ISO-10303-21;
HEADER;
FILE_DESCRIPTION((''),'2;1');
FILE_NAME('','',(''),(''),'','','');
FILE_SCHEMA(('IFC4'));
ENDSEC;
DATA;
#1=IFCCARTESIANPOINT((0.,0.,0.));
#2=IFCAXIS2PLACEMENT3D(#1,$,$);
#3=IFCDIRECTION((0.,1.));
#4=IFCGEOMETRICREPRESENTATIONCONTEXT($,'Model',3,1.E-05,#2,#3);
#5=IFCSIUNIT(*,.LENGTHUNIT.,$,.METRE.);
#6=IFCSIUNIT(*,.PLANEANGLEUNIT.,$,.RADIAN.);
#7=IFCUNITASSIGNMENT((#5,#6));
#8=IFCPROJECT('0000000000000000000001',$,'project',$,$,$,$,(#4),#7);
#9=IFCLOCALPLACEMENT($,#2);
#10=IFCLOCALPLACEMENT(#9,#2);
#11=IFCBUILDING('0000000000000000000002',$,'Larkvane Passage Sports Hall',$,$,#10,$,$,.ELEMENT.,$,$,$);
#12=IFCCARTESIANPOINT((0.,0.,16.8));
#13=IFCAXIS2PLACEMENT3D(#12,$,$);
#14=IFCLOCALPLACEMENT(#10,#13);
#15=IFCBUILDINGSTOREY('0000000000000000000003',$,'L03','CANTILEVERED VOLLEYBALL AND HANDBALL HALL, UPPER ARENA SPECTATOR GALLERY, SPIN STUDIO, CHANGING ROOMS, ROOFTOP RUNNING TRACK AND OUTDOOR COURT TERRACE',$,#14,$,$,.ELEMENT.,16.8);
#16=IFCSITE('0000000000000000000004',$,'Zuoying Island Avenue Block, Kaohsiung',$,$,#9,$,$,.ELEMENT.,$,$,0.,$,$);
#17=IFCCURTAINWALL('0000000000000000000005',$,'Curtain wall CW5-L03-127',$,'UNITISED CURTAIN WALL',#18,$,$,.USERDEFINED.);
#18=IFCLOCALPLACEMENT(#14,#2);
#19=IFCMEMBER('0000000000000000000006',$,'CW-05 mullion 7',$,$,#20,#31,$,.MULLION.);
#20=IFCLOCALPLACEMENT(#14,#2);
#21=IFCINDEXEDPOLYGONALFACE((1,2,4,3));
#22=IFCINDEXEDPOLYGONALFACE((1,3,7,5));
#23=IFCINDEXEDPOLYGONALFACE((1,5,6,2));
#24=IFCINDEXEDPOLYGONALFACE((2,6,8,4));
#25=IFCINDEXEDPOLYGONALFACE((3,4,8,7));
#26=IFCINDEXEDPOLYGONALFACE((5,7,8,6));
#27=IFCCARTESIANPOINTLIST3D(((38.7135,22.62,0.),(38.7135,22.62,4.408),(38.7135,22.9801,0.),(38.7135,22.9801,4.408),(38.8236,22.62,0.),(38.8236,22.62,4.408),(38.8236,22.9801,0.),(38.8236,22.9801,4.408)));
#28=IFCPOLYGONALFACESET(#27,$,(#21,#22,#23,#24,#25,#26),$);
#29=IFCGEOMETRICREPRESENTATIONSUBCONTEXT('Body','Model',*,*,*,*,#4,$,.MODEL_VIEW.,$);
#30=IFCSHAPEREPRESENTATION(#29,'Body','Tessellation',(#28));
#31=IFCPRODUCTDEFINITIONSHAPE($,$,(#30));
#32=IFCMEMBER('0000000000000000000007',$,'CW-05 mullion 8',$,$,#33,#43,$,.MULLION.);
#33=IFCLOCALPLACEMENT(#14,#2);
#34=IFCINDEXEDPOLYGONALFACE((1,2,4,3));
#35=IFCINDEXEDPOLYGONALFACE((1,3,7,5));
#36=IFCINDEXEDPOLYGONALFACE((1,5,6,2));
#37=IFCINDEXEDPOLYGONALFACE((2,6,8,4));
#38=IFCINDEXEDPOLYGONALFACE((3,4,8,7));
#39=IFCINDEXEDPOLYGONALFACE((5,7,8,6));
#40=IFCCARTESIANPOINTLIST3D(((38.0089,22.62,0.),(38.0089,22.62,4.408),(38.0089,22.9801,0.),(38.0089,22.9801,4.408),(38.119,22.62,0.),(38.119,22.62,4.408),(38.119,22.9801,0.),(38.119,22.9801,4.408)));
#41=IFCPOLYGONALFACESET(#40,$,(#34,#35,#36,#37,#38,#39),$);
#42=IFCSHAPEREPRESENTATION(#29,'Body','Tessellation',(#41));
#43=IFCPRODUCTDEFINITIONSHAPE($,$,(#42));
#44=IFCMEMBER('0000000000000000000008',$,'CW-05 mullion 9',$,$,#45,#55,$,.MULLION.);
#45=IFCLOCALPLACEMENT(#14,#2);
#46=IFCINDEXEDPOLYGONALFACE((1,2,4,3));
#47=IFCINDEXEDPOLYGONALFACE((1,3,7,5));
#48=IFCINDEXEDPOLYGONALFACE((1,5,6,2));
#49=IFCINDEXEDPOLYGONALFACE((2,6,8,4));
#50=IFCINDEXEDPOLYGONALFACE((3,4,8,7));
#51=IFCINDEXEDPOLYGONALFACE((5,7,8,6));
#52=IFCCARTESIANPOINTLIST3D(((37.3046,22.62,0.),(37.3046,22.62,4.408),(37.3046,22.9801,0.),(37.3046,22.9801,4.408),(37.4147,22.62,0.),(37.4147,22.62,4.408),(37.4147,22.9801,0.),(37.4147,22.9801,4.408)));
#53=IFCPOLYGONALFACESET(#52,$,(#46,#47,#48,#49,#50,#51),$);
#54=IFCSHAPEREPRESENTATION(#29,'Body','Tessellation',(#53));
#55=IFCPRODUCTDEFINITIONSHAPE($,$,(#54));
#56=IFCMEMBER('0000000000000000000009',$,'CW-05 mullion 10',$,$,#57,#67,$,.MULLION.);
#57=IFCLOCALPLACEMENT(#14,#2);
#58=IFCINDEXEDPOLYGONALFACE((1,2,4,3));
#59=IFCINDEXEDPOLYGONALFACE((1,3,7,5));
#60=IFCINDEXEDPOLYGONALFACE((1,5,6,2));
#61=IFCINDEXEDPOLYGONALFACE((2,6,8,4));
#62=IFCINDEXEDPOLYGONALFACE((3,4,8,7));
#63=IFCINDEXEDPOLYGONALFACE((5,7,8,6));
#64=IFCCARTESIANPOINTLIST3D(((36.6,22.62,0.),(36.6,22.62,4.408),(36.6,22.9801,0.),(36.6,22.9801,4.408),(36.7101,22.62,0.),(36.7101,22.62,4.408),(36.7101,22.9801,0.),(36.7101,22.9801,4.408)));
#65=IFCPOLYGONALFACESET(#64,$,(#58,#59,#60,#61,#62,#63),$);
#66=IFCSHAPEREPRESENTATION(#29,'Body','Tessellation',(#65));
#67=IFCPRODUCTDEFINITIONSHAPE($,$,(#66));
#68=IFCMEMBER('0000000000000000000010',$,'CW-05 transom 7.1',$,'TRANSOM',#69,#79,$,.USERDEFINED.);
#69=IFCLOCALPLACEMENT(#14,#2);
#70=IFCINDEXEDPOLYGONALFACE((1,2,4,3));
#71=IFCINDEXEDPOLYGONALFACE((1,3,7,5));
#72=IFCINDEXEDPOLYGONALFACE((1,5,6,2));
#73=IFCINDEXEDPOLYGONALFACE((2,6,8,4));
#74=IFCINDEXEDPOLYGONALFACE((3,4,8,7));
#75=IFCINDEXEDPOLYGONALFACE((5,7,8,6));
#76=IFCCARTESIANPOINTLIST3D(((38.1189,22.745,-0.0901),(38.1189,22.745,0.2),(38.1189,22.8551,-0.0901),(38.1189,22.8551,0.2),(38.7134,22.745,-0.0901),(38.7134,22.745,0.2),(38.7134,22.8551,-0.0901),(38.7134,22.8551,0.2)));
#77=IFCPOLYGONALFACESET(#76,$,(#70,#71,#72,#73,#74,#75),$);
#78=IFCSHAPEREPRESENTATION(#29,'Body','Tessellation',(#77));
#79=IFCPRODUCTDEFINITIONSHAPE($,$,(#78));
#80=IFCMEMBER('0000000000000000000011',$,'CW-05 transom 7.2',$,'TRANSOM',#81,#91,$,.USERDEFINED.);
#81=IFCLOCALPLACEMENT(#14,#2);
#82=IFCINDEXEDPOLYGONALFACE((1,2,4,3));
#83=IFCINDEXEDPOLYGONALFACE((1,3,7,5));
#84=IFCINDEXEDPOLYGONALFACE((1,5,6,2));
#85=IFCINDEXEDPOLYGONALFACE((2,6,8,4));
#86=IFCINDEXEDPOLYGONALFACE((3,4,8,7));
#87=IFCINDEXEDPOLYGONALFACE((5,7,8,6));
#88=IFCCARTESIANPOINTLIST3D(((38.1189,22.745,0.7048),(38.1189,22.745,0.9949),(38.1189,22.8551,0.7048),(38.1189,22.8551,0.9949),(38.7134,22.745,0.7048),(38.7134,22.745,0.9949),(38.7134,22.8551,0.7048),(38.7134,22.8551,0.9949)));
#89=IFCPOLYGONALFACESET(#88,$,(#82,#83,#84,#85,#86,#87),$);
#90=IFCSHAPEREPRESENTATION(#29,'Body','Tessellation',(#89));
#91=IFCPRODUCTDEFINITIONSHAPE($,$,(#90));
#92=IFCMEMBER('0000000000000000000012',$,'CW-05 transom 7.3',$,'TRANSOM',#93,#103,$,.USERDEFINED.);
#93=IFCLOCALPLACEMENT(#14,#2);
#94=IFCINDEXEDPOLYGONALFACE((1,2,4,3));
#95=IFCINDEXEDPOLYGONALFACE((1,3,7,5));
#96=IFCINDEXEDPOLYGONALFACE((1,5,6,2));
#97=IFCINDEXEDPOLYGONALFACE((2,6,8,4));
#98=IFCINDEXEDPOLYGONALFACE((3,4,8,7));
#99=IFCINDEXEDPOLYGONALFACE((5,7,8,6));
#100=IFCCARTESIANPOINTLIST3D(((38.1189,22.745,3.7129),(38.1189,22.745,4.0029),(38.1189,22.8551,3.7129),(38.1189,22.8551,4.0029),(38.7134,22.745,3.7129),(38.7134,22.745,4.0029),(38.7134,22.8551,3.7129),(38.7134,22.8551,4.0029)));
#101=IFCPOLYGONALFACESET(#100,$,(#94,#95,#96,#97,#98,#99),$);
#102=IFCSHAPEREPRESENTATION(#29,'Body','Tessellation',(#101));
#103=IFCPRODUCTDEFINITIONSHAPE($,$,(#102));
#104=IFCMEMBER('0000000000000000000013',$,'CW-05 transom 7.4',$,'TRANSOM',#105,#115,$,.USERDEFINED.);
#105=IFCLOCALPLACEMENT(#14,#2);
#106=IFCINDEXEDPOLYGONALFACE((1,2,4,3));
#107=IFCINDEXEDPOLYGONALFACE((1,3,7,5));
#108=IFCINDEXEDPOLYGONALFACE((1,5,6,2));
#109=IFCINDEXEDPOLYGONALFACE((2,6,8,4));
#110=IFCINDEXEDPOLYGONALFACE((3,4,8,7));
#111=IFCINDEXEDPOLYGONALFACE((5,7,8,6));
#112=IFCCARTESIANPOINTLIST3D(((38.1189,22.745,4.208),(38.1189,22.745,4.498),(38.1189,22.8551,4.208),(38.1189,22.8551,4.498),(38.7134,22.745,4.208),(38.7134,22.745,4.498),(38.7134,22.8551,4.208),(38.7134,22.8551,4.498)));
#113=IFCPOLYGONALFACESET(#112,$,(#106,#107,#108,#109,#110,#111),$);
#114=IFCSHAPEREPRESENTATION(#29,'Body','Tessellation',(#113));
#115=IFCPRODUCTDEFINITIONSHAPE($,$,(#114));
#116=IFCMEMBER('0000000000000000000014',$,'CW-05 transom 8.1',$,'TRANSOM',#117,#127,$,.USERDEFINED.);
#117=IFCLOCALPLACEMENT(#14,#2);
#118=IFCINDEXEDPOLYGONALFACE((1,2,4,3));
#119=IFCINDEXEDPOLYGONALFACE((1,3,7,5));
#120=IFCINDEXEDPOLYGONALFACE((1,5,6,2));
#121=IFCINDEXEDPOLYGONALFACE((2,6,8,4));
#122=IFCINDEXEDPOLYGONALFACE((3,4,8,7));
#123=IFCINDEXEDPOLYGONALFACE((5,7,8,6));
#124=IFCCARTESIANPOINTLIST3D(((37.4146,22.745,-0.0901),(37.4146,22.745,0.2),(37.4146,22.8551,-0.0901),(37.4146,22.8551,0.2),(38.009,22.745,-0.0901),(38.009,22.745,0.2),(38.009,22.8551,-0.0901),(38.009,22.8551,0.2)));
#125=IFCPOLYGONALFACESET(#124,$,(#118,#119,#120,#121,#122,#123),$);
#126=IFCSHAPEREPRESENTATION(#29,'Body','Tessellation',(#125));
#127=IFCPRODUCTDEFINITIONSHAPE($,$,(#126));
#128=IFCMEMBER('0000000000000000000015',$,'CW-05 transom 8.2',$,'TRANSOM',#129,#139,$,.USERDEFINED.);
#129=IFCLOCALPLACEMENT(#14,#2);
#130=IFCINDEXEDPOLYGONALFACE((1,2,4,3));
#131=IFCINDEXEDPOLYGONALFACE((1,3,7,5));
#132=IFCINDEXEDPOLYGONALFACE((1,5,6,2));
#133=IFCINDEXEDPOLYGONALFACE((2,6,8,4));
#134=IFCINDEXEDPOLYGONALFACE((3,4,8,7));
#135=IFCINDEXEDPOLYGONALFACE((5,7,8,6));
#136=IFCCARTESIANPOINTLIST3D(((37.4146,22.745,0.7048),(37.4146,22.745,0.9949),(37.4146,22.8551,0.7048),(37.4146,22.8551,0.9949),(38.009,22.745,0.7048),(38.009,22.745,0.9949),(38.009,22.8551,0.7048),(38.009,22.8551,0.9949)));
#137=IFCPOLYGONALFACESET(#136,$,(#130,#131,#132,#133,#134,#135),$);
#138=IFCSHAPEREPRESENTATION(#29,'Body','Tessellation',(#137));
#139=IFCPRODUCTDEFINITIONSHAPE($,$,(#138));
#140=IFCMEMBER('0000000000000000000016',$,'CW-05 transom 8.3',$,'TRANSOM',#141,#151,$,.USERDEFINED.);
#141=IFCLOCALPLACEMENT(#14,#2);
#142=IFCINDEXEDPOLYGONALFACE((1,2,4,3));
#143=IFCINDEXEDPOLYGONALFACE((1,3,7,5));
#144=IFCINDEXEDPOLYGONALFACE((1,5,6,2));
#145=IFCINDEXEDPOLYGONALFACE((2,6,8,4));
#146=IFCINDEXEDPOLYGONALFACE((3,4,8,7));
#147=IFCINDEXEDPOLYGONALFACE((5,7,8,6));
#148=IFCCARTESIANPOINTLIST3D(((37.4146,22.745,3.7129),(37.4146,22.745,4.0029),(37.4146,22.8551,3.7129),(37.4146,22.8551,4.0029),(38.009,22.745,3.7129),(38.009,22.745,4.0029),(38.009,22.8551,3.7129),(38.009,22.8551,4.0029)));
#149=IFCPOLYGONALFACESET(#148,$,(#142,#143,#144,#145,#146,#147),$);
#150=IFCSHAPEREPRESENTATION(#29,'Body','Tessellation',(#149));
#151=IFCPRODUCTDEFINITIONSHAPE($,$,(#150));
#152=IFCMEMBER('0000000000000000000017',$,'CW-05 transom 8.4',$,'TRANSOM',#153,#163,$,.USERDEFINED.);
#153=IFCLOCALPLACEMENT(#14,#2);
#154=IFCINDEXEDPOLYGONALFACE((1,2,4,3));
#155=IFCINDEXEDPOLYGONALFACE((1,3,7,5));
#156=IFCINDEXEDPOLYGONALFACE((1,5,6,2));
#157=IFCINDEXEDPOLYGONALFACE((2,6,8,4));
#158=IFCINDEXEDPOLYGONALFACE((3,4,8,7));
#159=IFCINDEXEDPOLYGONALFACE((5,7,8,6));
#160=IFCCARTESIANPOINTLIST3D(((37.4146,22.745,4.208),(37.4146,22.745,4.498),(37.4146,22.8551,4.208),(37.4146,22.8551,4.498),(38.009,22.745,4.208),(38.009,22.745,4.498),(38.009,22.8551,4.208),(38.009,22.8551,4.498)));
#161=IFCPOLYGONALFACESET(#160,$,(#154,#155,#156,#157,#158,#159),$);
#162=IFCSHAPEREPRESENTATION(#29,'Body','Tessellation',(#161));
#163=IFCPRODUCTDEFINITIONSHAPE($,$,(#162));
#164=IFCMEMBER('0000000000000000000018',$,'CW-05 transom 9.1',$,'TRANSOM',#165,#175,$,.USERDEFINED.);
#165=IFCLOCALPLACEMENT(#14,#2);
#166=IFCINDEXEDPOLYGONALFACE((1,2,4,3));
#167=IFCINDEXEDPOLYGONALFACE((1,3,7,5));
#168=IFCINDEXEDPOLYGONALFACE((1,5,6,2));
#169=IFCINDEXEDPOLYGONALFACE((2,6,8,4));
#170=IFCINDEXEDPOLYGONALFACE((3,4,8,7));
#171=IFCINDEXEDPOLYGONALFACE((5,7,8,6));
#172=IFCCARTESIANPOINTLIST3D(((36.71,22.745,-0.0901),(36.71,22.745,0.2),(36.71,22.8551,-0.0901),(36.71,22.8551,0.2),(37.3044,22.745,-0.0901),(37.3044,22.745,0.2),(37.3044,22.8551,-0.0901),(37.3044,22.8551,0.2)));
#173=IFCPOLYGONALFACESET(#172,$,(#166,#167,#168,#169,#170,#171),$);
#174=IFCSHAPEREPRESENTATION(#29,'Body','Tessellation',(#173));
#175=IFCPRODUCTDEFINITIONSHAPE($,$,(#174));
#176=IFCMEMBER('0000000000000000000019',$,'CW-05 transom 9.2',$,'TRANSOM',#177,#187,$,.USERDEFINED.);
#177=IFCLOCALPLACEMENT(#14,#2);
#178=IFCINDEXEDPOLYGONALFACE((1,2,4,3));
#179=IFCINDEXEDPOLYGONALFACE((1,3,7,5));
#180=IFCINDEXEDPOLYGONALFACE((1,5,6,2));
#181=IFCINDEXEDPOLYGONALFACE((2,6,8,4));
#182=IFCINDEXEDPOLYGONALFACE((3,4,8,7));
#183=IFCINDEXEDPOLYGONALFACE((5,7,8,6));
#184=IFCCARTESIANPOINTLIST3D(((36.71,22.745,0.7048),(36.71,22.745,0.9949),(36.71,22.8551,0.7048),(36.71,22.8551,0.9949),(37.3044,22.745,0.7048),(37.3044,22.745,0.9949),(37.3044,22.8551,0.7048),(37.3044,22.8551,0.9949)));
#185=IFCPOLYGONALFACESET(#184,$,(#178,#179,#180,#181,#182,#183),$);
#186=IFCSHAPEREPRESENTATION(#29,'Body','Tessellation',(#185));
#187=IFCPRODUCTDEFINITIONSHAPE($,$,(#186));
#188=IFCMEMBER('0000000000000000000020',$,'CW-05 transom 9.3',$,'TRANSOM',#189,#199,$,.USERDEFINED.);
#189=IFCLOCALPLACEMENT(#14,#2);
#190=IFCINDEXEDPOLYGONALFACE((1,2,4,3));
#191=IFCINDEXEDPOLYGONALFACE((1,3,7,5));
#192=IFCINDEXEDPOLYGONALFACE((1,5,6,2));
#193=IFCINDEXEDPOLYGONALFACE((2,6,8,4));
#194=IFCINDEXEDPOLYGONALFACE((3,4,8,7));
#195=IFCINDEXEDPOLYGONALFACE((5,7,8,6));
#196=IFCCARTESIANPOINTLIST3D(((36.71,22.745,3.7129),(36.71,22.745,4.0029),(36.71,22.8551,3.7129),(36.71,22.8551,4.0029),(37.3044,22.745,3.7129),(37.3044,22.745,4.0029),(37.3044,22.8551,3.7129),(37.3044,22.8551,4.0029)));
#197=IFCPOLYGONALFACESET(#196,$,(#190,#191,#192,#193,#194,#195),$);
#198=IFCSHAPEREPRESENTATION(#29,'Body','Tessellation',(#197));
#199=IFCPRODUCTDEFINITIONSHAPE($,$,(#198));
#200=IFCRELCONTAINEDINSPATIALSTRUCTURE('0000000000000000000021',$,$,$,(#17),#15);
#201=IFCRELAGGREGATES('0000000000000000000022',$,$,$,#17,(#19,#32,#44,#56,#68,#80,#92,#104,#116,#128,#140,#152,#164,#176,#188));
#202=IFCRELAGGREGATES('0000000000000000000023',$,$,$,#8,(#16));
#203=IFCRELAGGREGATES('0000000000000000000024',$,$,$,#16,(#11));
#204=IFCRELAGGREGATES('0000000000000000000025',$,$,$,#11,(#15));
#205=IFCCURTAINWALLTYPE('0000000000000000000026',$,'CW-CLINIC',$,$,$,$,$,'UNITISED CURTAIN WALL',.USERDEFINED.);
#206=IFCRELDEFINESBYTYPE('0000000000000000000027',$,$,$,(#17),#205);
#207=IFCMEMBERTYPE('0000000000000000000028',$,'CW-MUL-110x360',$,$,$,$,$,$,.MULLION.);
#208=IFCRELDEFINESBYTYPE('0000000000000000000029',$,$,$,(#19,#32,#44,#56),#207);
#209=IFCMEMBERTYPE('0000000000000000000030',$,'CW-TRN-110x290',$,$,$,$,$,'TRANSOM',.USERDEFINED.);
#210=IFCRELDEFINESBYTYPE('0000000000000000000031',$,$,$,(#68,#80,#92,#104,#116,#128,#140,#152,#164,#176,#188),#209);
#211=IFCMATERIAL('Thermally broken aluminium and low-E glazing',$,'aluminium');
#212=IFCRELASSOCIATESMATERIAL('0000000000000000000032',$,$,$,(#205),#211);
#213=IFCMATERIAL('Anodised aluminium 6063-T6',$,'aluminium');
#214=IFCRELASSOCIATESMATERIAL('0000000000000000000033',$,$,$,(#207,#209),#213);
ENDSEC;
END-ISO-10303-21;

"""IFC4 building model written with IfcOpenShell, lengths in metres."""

from ifc_helpers import new_model, si_unit, direction, frame, origin, origin_2d, place, context, subcontext, project, spatial, rectangle, extrude, material, material_profile, profile_set, type_object, element, aggregate, save


model = new_model("IFC4")

# Units and contexts
model_context = context("Model", 3, precision=1e-05, world=origin(), true_north=direction((0.0, 1.0)))
body_context = subcontext(model_context, "Body", "Model", "MODEL_VIEW")
ifc_project = project(units=[si_unit("LENGTHUNIT", "METRE"), si_unit("PLANEANGLEUNIT", "RADIAN")], contexts=[model_context])

# Site, building, storey
site_placement = place(None, origin())
site = spatial("IfcSite", under=ifc_project, at=site_placement, Name="Zuoying Island Avenue Block, Kaohsiung", CompositionType="ELEMENT", RefElevation=0.0)
building_placement = place(site_placement, origin())
building = spatial("IfcBuilding", under=site, at=building_placement, Name="Larkvane Passage Sports Hall", CompositionType="ELEMENT")
storey_placement = place(building_placement, frame((0.0, 0.0, 16.8)))
storey = spatial("IfcBuildingStorey", under=building, at=storey_placement, Name="L03", Description="CANTILEVERED VOLLEYBALL AND HANDBALL HALL, UPPER ARENA SPECTATOR GALLERY, SPIN STUDIO, CHANGING ROOMS, ROOFTOP RUNNING TRACK AND OUTDOOR COURT TERRACE", CompositionType="ELEMENT", Elevation=16.8)

# Curtain wall, members
ifc_material_1 = material(Name="Thermally broken aluminium and low-E glazing", Category="aluminium")
curtain_wall_type = type_object("IfcCurtainWallType", Name="CW-CLINIC", ElementType="UNITISED CURTAIN WALL", PredefinedType="USERDEFINED", material=ifc_material_1)
curtain_wall_placement = place(storey_placement, origin())
curtain_wall = element("IfcCurtainWall", 1, at=curtain_wall_placement, inside=storey, type_object=curtain_wall_type, Name="Curtain wall CW5-L03-127", ObjectType="UNITISED CURTAIN WALL", PredefinedType="USERDEFINED")
ifc_material_2 = material(Name="Anodised aluminium 6063-T6", Category="aluminium")
ifc_material_profile_1 = material_profile(ifc_material_2, rectangle(XDim=0.1101, YDim=0.3601, at=origin_2d()), Name="ALU-MUL-110x360")
ifc_profile_set_1 = profile_set([ifc_material_profile_1], Name="Anodised aluminium 6063-T6")
member_type_1 = type_object("IfcMemberType", Name="CW-MUL-110x360", PredefinedType="MULLION", material=ifc_profile_set_1)
member_1_placement = place(storey_placement, frame((38.7686, 22.8, 0.0), z_axis=(0.0, 0.0, 1.0), x_axis=(-1.0, 0.0, 0.0)))
member_1 = element("IfcMember", 2, at=member_1_placement, type_object=member_type_1, Name="CW-05 mullion 7", PredefinedType="MULLION", context=body_context, shape_type="SweptSolid", body=[
    extrude(rectangle(XDim=0.1101, YDim=0.3601, at=origin_2d()), origin(), (0.0, 0.0, 1.0), 4.408),
])
member_2_placement = place(storey_placement, frame((38.064, 22.8, 0.0), z_axis=(0.0, 0.0, 1.0), x_axis=(-1.0, 0.0, 0.0)))
member_2 = element("IfcMember", 3, at=member_2_placement, type_object=member_type_1, Name="CW-05 mullion 8", PredefinedType="MULLION", context=body_context, shape_type="SweptSolid", body=[
    extrude(rectangle(XDim=0.1101, YDim=0.3601, at=origin_2d()), origin(), (0.0, 0.0, 1.0), 4.408),
])
member_3_placement = place(storey_placement, frame((37.3596, 22.8, 0.0), z_axis=(0.0, 0.0, 1.0), x_axis=(-1.0, 0.0, 0.0)))
member_3 = element("IfcMember", 4, at=member_3_placement, type_object=member_type_1, Name="CW-05 mullion 9", PredefinedType="MULLION", context=body_context, shape_type="SweptSolid", body=[
    extrude(rectangle(XDim=0.1101, YDim=0.3601, at=origin_2d()), origin(), (0.0, 0.0, 1.0), 4.408),
])
member_4_placement = place(storey_placement, frame((36.655, 22.8, 0.0), z_axis=(0.0, 0.0, 1.0), x_axis=(-1.0, 0.0, 0.0)))
member_4 = element("IfcMember", 5, at=member_4_placement, type_object=member_type_1, Name="CW-05 mullion 10", PredefinedType="MULLION", context=body_context, shape_type="SweptSolid", body=[
    extrude(rectangle(XDim=0.1101, YDim=0.3601, at=origin_2d()), origin(), (0.0, 0.0, 1.0), 4.408),
])
ifc_material_profile_2 = material_profile(ifc_material_2, rectangle(XDim=0.1101, YDim=0.29, at=origin_2d()), Name="ALU-TRN-110x290")
ifc_profile_set_2 = profile_set([ifc_material_profile_2], Name="Anodised aluminium 6063-T6")
member_type_2 = type_object("IfcMemberType", Name="CW-TRN-110x290", ElementType="TRANSOM", PredefinedType="USERDEFINED", material=ifc_profile_set_2)
member_5_placement = place(storey_placement, frame((38.7134, 22.8, 0.0549), z_axis=(-1.0, 0.0, 0.0), x_axis=(0.0, -1.0, 0.0)))
member_5 = element("IfcMember", 6, at=member_5_placement, type_object=member_type_2, Name="CW-05 transom 7.1", ObjectType="TRANSOM", PredefinedType="USERDEFINED", context=body_context, shape_type="SweptSolid", body=[
    extrude(rectangle(XDim=0.1101, YDim=0.29, at=origin_2d()), origin(), (0.0, 0.0, 1.0), 0.5945),
])
member_6_placement = place(storey_placement, frame((38.7134, 22.8, 0.8499), z_axis=(-1.0, 0.0, 0.0), x_axis=(0.0, -1.0, 0.0)))
member_6 = element("IfcMember", 7, at=member_6_placement, type_object=member_type_2, Name="CW-05 transom 7.2", ObjectType="TRANSOM", PredefinedType="USERDEFINED", context=body_context, shape_type="SweptSolid", body=[
    extrude(rectangle(XDim=0.1101, YDim=0.29, at=origin_2d()), origin(), (0.0, 0.0, 1.0), 0.5945),
])
member_7_placement = place(storey_placement, frame((38.7134, 22.8, 3.8579), z_axis=(-1.0, 0.0, 0.0), x_axis=(0.0, -1.0, 0.0)))
member_7 = element("IfcMember", 8, at=member_7_placement, type_object=member_type_2, Name="CW-05 transom 7.3", ObjectType="TRANSOM", PredefinedType="USERDEFINED", context=body_context, shape_type="SweptSolid", body=[
    extrude(rectangle(XDim=0.1101, YDim=0.29, at=origin_2d()), origin(), (0.0, 0.0, 1.0), 0.5945),
])
member_8_placement = place(storey_placement, frame((38.7134, 22.8, 4.353), z_axis=(-1.0, 0.0, 0.0), x_axis=(0.0, -1.0, 0.0)))
member_8 = element("IfcMember", 9, at=member_8_placement, type_object=member_type_2, Name="CW-05 transom 7.4", ObjectType="TRANSOM", PredefinedType="USERDEFINED", context=body_context, shape_type="SweptSolid", body=[
    extrude(rectangle(XDim=0.1101, YDim=0.29, at=origin_2d()), origin(), (0.0, 0.0, 1.0), 0.5945),
])
member_9_placement = place(storey_placement, frame((38.009, 22.8, 0.0549), z_axis=(-1.0, 0.0, 0.0), x_axis=(0.0, -1.0, 0.0)))
member_9 = element("IfcMember", 10, at=member_9_placement, type_object=member_type_2, Name="CW-05 transom 8.1", ObjectType="TRANSOM", PredefinedType="USERDEFINED", context=body_context, shape_type="SweptSolid", body=[
    extrude(rectangle(XDim=0.1101, YDim=0.29, at=origin_2d()), origin(), (0.0, 0.0, 1.0), 0.5945),
])
member_10_placement = place(storey_placement, frame((38.009, 22.8, 0.8499), z_axis=(-1.0, 0.0, 0.0), x_axis=(0.0, -1.0, 0.0)))
member_10 = element("IfcMember", 11, at=member_10_placement, type_object=member_type_2, Name="CW-05 transom 8.2", ObjectType="TRANSOM", PredefinedType="USERDEFINED", context=body_context, shape_type="SweptSolid", body=[
    extrude(rectangle(XDim=0.1101, YDim=0.29, at=origin_2d()), origin(), (0.0, 0.0, 1.0), 0.5945),
])
member_11_placement = place(storey_placement, frame((38.009, 22.8, 3.8579), z_axis=(-1.0, 0.0, 0.0), x_axis=(0.0, -1.0, 0.0)))
member_11 = element("IfcMember", 12, at=member_11_placement, type_object=member_type_2, Name="CW-05 transom 8.3", ObjectType="TRANSOM", PredefinedType="USERDEFINED", context=body_context, shape_type="SweptSolid", body=[
    extrude(rectangle(XDim=0.1101, YDim=0.29, at=origin_2d()), origin(), (0.0, 0.0, 1.0), 0.5945),
])
member_12_placement = place(storey_placement, frame((38.009, 22.8, 4.353), z_axis=(-1.0, 0.0, 0.0), x_axis=(0.0, -1.0, 0.0)))
member_12 = element("IfcMember", 13, at=member_12_placement, type_object=member_type_2, Name="CW-05 transom 8.4", ObjectType="TRANSOM", PredefinedType="USERDEFINED", context=body_context, shape_type="SweptSolid", body=[
    extrude(rectangle(XDim=0.1101, YDim=0.29, at=origin_2d()), origin(), (0.0, 0.0, 1.0), 0.5945),
])
member_13_placement = place(storey_placement, frame((37.3044, 22.8, 0.0549), z_axis=(-1.0, 0.0, 0.0), x_axis=(0.0, -1.0, 0.0)))
member_13 = element("IfcMember", 14, at=member_13_placement, type_object=member_type_2, Name="CW-05 transom 9.1", ObjectType="TRANSOM", PredefinedType="USERDEFINED", context=body_context, shape_type="SweptSolid", body=[
    extrude(rectangle(XDim=0.1101, YDim=0.29, at=origin_2d()), origin(), (0.0, 0.0, 1.0), 0.5945),
])
member_14_placement = place(storey_placement, frame((37.3044, 22.8, 0.8499), z_axis=(-1.0, 0.0, 0.0), x_axis=(0.0, -1.0, 0.0)))
member_14 = element("IfcMember", 15, at=member_14_placement, type_object=member_type_2, Name="CW-05 transom 9.2", ObjectType="TRANSOM", PredefinedType="USERDEFINED", context=body_context, shape_type="SweptSolid", body=[
    extrude(rectangle(XDim=0.1101, YDim=0.29, at=origin_2d()), origin(), (0.0, 0.0, 1.0), 0.5945),
])
member_15_placement = place(storey_placement, frame((37.3044, 22.8, 3.8579), z_axis=(-1.0, 0.0, 0.0), x_axis=(0.0, -1.0, 0.0)))
member_15 = element("IfcMember", 16, at=member_15_placement, type_object=member_type_2, Name="CW-05 transom 9.3", ObjectType="TRANSOM", PredefinedType="USERDEFINED", context=body_context, shape_type="SweptSolid", body=[
    extrude(rectangle(XDim=0.1101, YDim=0.29, at=origin_2d()), origin(), (0.0, 0.0, 1.0), 0.5945),
])
aggregate(curtain_wall, [member_1, member_2, member_3, member_4, member_5, member_6, member_7, member_8, member_9, member_10, member_11, member_12, member_13, member_14, member_15])

save(model, "model.ifc")
